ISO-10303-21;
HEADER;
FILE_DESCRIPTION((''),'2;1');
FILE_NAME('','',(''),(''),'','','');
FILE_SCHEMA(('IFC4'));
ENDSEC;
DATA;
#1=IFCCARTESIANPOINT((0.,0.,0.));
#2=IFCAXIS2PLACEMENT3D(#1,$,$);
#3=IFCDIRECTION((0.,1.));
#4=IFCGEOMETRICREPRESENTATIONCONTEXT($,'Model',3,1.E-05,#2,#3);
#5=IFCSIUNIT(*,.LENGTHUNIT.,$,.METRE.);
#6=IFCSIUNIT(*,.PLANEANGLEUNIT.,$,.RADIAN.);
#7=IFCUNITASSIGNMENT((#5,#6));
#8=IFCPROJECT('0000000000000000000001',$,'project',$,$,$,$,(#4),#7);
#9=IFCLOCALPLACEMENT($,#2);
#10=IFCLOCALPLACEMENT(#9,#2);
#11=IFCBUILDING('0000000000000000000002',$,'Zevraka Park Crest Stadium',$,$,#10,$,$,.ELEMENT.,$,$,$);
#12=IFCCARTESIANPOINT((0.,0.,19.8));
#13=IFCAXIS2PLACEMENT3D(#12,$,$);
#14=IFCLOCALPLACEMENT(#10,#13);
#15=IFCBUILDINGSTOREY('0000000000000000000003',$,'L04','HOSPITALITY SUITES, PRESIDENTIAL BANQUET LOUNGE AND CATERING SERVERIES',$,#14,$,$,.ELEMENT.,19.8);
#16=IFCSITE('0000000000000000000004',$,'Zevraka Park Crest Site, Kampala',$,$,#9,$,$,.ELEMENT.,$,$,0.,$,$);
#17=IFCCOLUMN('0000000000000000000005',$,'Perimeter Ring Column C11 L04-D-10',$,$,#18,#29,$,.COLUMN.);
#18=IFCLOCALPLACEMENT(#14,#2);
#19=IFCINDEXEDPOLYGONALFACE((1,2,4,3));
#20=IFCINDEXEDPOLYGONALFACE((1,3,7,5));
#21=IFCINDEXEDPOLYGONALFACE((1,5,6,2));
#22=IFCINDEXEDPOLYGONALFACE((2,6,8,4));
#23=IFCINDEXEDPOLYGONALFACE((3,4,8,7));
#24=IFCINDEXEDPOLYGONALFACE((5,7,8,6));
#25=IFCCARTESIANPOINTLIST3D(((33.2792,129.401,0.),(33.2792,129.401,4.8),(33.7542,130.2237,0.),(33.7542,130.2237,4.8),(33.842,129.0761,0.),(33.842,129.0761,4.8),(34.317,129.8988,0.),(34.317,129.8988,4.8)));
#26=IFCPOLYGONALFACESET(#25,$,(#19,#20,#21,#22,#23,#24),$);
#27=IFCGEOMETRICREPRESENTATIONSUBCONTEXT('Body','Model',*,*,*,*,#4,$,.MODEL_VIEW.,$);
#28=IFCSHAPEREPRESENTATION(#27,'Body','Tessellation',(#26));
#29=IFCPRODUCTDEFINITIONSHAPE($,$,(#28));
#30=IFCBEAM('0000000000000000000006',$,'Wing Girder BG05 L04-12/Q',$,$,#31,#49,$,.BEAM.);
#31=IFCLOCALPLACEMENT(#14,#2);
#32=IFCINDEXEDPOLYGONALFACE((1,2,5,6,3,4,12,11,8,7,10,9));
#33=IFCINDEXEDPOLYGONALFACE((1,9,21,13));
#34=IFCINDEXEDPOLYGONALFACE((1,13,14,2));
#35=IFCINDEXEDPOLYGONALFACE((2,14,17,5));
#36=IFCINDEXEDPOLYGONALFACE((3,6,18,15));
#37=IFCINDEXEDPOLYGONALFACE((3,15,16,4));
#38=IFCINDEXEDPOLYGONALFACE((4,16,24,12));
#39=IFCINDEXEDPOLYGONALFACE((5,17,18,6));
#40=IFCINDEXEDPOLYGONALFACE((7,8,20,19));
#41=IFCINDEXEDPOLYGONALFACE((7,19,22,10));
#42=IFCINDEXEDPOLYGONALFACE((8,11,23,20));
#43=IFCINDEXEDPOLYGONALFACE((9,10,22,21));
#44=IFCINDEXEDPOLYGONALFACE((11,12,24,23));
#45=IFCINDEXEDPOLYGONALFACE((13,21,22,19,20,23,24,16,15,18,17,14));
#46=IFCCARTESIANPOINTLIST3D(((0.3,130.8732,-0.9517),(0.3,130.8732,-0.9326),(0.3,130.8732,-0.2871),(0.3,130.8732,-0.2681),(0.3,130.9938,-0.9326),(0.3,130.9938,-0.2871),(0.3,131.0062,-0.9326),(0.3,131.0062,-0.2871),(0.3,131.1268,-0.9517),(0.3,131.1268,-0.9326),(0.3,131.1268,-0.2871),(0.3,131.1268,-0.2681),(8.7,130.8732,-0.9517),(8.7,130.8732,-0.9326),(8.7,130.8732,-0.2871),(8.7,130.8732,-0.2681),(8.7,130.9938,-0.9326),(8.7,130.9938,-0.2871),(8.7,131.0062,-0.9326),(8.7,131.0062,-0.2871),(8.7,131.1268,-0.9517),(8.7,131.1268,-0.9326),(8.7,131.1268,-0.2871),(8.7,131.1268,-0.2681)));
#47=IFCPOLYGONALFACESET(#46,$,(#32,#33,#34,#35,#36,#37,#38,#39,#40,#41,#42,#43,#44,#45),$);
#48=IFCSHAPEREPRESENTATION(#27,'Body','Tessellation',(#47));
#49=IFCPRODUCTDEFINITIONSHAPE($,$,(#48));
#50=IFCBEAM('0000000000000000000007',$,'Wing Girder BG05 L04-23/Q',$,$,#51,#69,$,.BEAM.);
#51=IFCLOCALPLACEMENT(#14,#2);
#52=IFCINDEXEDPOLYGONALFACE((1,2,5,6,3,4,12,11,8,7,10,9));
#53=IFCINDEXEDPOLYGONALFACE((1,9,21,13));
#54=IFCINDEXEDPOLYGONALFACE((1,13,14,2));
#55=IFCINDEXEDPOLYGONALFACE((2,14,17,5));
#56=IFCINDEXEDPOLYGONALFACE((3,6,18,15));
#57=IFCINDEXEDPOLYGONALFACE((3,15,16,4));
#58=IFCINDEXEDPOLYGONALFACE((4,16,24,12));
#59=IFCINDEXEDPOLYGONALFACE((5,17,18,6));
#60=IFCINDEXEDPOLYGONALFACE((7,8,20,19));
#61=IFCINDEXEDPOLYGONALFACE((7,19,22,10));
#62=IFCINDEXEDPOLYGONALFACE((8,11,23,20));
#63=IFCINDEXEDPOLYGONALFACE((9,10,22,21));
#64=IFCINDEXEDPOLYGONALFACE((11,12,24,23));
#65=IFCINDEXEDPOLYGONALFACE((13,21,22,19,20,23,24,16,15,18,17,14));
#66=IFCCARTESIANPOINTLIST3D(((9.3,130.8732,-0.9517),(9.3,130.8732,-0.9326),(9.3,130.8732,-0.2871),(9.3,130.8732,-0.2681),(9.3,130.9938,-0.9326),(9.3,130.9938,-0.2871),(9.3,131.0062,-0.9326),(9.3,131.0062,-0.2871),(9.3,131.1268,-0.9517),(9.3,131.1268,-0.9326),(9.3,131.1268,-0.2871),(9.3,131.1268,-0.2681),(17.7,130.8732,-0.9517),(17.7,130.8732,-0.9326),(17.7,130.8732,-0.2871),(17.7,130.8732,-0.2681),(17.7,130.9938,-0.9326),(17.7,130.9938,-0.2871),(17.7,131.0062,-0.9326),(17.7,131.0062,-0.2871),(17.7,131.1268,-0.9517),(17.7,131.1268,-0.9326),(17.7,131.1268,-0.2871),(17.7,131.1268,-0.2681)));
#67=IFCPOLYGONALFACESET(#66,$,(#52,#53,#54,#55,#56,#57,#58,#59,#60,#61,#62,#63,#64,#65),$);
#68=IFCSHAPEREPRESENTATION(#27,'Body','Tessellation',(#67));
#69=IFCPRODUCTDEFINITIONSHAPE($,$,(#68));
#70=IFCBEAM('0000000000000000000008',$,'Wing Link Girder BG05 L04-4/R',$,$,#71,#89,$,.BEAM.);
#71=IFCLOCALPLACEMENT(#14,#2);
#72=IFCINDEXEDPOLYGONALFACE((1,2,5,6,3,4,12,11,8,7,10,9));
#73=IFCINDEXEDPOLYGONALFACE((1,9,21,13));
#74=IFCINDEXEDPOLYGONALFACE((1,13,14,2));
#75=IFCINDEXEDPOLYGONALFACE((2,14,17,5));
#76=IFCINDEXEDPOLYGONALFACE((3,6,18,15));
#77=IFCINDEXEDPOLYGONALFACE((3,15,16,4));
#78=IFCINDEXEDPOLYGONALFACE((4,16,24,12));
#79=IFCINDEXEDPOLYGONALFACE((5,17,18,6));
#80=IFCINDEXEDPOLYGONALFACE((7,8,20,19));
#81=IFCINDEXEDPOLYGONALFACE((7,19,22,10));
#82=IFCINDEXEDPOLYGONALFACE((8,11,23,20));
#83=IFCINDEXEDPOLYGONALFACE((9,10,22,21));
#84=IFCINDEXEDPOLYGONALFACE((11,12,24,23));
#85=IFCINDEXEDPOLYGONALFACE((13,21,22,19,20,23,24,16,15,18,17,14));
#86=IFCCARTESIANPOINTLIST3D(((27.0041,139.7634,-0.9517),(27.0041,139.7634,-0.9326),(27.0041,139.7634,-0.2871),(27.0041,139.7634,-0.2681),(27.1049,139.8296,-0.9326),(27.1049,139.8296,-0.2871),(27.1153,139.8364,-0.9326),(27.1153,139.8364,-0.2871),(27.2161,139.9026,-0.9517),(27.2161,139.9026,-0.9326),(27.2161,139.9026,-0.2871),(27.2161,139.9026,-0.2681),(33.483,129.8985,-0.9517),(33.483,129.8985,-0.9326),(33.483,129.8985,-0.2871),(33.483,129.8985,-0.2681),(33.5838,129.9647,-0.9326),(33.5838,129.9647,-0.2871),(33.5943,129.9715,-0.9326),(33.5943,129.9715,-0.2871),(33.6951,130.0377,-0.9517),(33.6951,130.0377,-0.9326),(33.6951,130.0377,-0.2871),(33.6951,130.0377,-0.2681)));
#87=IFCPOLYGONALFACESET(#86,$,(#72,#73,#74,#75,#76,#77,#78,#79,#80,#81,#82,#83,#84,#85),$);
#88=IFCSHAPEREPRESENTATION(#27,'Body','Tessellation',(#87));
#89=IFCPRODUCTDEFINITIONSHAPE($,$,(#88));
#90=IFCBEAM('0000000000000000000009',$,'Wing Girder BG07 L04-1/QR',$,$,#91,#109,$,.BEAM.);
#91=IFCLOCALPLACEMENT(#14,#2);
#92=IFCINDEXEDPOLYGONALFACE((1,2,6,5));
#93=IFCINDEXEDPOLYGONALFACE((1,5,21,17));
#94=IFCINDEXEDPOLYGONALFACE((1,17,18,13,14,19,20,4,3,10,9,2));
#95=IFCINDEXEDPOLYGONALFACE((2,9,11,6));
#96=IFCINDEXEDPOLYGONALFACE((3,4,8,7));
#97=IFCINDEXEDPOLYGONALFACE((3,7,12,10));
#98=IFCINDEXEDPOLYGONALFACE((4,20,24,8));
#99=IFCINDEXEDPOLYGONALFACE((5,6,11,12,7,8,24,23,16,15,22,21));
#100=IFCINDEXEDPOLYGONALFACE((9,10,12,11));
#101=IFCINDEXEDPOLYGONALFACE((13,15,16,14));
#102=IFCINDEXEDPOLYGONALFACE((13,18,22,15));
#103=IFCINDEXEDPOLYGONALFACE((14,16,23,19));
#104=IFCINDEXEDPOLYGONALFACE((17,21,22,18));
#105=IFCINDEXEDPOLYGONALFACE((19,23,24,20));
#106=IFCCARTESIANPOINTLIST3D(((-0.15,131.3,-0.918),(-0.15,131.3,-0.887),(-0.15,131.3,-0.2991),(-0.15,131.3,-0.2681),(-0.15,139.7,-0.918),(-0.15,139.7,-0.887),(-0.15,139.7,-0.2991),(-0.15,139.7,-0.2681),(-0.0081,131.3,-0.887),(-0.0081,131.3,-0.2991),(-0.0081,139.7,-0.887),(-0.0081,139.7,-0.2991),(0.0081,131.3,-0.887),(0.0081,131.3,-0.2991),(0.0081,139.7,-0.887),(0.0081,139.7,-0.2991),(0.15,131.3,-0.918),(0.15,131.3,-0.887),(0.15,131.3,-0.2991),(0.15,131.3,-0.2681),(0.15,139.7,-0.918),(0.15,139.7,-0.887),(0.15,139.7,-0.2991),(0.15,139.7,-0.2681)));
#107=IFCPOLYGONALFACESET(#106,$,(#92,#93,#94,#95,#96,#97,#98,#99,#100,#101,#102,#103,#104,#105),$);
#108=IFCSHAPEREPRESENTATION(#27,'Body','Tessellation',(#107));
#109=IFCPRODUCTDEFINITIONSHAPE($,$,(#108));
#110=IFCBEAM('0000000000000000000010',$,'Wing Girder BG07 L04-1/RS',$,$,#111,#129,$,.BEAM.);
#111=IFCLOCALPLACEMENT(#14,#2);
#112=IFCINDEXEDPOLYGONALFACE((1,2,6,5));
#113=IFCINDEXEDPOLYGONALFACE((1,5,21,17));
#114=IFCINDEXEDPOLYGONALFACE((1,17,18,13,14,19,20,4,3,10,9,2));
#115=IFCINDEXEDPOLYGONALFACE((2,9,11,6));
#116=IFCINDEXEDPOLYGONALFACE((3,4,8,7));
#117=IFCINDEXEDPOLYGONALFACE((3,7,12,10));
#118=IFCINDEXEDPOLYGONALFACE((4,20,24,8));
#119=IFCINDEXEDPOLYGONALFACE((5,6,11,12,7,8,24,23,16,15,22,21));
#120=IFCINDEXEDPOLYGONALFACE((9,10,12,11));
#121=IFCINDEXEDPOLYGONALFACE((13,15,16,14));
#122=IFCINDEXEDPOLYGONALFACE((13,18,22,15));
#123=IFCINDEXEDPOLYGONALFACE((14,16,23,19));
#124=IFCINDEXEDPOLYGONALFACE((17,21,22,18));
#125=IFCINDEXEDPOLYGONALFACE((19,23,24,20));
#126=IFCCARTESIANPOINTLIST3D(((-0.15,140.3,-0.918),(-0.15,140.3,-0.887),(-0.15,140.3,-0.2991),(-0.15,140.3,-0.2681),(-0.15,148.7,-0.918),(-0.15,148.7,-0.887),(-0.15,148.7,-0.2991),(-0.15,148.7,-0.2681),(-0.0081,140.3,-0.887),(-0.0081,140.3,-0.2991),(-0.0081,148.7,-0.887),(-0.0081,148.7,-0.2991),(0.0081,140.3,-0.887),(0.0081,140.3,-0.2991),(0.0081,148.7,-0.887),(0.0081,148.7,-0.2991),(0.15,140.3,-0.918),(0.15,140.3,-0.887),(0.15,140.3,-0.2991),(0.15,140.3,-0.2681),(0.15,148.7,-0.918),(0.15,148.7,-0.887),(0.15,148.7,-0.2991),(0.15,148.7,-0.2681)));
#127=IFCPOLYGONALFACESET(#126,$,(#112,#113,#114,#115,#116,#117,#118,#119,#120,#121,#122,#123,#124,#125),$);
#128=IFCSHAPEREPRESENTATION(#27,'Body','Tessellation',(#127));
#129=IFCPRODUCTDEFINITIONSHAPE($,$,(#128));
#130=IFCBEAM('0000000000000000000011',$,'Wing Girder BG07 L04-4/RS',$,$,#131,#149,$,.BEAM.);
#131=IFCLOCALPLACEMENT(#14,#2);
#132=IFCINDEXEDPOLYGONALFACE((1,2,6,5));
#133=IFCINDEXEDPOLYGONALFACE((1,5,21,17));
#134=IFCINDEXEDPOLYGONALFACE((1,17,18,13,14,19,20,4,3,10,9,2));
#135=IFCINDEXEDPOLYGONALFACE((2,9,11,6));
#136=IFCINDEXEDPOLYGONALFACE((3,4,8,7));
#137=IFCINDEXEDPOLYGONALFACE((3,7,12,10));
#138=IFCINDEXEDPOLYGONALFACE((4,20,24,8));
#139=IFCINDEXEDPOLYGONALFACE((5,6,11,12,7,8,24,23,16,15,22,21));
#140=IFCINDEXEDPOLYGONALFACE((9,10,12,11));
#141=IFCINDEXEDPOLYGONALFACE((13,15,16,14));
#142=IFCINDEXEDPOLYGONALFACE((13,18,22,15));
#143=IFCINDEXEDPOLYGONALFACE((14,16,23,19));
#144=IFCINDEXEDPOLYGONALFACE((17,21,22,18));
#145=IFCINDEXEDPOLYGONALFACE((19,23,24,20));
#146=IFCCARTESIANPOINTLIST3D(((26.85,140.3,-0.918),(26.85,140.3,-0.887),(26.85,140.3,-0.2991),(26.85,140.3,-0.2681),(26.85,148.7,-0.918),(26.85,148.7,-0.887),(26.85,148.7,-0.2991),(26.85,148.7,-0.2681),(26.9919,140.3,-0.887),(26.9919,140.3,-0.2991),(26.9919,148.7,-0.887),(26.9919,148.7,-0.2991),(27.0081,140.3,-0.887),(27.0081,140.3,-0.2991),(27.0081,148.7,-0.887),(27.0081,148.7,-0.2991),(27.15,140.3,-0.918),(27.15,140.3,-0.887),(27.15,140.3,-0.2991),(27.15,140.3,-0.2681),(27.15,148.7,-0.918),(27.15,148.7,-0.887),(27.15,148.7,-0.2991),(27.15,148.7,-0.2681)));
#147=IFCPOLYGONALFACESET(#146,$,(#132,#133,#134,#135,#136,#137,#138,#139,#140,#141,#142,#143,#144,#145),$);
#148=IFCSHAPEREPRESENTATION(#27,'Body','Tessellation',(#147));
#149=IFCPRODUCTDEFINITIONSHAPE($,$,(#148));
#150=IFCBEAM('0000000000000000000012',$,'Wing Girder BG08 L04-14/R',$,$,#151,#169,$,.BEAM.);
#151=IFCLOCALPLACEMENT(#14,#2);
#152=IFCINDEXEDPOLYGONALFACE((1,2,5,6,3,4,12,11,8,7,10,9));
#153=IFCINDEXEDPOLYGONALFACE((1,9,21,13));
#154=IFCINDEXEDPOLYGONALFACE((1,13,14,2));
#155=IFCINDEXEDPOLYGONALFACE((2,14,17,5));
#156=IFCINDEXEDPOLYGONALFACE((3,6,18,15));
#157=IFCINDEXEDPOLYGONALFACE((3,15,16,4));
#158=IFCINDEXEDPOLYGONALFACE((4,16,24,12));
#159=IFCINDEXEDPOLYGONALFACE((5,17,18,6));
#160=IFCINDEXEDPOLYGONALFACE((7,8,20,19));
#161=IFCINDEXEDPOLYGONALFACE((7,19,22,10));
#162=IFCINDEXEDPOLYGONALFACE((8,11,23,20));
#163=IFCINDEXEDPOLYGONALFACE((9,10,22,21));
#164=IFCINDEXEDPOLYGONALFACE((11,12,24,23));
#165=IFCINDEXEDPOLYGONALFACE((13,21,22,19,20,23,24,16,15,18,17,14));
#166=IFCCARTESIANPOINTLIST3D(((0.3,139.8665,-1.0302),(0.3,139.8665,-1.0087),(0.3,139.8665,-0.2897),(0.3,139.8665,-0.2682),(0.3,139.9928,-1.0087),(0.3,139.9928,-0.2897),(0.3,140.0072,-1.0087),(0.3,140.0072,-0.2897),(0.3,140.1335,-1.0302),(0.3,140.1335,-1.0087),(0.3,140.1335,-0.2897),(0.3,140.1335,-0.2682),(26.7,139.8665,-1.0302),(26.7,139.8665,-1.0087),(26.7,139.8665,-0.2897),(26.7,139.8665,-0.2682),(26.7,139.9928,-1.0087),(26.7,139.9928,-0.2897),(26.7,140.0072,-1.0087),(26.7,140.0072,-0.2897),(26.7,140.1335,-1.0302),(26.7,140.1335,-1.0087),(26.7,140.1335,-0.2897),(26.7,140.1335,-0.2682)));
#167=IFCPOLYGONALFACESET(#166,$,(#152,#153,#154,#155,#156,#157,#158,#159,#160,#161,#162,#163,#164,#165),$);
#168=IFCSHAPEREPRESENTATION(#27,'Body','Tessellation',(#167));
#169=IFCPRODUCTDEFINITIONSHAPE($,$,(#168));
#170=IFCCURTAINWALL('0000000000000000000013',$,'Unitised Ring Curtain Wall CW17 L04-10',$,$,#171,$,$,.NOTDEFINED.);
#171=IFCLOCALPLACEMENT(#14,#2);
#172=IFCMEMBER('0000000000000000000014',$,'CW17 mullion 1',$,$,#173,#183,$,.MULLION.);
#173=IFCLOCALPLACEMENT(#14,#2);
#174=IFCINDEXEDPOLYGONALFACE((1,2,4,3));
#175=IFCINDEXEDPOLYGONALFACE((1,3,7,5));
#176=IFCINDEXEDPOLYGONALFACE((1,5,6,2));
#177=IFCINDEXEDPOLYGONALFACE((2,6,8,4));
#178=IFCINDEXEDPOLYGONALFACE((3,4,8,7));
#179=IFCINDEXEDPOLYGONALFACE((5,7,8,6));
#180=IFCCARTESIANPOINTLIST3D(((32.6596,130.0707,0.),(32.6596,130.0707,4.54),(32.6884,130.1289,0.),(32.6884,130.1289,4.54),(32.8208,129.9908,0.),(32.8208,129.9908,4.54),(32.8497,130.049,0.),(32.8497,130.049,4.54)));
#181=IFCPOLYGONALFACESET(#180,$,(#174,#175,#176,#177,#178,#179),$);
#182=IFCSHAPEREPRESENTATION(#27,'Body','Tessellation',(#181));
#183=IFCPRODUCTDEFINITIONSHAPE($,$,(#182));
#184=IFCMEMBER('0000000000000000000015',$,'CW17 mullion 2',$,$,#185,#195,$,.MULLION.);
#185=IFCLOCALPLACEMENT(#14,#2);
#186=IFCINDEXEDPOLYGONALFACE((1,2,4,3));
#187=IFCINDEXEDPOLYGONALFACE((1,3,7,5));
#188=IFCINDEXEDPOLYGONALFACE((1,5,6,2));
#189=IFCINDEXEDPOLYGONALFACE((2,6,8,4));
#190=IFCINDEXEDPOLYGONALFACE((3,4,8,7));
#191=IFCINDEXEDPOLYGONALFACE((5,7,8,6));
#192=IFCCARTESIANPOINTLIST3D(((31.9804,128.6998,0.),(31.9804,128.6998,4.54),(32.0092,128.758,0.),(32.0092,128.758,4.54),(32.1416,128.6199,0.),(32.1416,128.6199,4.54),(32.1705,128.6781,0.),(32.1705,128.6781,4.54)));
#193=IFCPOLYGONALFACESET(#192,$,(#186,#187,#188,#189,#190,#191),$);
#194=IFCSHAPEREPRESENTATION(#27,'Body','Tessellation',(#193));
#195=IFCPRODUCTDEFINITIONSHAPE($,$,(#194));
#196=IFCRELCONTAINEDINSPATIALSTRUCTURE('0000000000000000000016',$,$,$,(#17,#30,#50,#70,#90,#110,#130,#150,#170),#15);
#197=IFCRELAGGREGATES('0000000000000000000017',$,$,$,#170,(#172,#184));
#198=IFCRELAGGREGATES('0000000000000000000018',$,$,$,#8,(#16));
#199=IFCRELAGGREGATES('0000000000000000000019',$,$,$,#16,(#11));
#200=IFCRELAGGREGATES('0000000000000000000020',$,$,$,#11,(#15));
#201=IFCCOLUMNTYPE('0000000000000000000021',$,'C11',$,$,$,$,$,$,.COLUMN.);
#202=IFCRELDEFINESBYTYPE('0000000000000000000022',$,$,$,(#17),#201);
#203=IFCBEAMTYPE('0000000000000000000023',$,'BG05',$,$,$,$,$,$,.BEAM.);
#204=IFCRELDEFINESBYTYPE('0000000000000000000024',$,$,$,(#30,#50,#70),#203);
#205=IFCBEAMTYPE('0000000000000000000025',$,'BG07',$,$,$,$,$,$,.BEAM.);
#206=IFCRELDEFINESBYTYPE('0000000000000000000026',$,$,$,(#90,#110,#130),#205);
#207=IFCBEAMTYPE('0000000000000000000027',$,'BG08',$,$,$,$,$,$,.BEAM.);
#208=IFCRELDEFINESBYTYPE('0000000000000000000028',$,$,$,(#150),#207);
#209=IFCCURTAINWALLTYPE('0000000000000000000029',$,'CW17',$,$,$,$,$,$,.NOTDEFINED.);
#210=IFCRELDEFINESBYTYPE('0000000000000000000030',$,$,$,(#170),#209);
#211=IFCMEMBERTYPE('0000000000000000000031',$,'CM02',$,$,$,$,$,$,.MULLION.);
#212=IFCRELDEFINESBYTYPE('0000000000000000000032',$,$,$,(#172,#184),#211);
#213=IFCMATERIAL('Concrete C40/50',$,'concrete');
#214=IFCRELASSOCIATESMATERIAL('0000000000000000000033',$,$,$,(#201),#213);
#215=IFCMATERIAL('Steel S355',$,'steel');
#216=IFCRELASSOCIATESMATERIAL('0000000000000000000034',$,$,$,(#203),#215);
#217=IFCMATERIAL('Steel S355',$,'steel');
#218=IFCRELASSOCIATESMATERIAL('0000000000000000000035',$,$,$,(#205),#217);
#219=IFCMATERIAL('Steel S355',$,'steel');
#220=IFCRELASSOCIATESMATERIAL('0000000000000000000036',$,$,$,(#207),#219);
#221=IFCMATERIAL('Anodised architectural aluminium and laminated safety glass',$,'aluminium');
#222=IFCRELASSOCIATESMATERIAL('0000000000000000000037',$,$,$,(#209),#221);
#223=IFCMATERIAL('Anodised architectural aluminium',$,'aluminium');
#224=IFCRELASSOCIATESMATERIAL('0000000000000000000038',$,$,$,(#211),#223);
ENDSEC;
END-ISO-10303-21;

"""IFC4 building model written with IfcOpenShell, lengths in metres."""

from ifc_helpers import new_model, si_unit, direction, frame, origin, origin_2d, place, context, subcontext, project, spatial, rectangle, i_section, extrude, material, material_profile, profile_set, type_object, element, aggregate, save


model = new_model("IFC4")

# Units and contexts
model_context = context("Model", 3, precision=1e-05, world=origin(), true_north=direction((0.0, 1.0)))
body_context = subcontext(model_context, "Body", "Model", "MODEL_VIEW")
ifc_project = project(units=[si_unit("LENGTHUNIT", "METRE"), si_unit("PLANEANGLEUNIT", "RADIAN")], contexts=[model_context])

# Site, building, storey
site_placement = place(None, origin())
site = spatial("IfcSite", under=ifc_project, at=site_placement, Name="Zevraka Park Crest Site, Kampala", CompositionType="ELEMENT", RefElevation=0.0)
building_placement = place(site_placement, origin())
building = spatial("IfcBuilding", under=site, at=building_placement, Name="Zevraka Park Crest Stadium", CompositionType="ELEMENT")
storey_placement = place(building_placement, frame((0.0, 0.0, 19.8)))
storey = spatial("IfcBuildingStorey", under=building, at=storey_placement, Name="L04", Description="HOSPITALITY SUITES, PRESIDENTIAL BANQUET LOUNGE AND CATERING SERVERIES", CompositionType="ELEMENT", Elevation=19.8)

# Column
ifc_material_1 = material(Name="Concrete C40/50", Category="concrete")
ifc_material_profile_1 = material_profile(ifc_material_1, rectangle(XDim=0.6499, YDim=0.95, at=origin_2d()), Name="RC 950x650")
ifc_profile_set_1 = profile_set([ifc_material_profile_1], Name="Concrete C40/50")
column_type = type_object("IfcColumnType", Name="C11", PredefinedType="COLUMN", material=ifc_profile_set_1)
column_placement = place(storey_placement, frame((33.7981, 129.6499, 0.0), z_axis=(0.0, 0.0, 1.0), x_axis=(-0.866025, 0.5, 0.0)))
element("IfcColumn", 1, at=column_placement, inside=storey, type_object=column_type, Name="Perimeter Ring Column C11 L04-D-10", PredefinedType="COLUMN", context=body_context, shape_type="SweptSolid", body=[
    extrude(rectangle(XDim=0.6499, YDim=0.95, at=origin_2d()), origin(), (0.0, 0.0, 1.0), 4.8),
])

# Beams
ifc_material_2 = material(Name="Steel S355", Category="steel")
ifc_material_profile_2 = material_profile(ifc_material_2, i_section(OverallWidth=0.2537, OverallDepth=0.6836, WebThickness=0.0125, FlangeThickness=0.019, at=origin_2d()), Name="UKB 686x254x140")
ifc_profile_set_2 = profile_set([ifc_material_profile_2], Name="Steel S355")
beam_type_1 = type_object("IfcBeamType", Name="BG05", PredefinedType="BEAM", material=ifc_profile_set_2)
for number, where, z_axis, x_axis, name in (
    (2, (0.3, 131.0, -0.6099), (1.0, 0.0, 0.0), (0.0, 1.0, 0.0), "Wing Girder BG05 L04-12/Q"),
    (3, (9.3, 131.0, -0.6099), (1.0, 0.0, 0.0), (0.0, 1.0, 0.0), "Wing Girder BG05 L04-23/Q"),
):
    element("IfcBeam", number, at=place(storey_placement, frame(where, z_axis=z_axis, x_axis=x_axis)), inside=storey, type_object=beam_type_1, Name=name, PredefinedType="BEAM", context=body_context, shape_type="SweptSolid", body=[
        extrude(i_section(OverallWidth=0.2537, OverallDepth=0.6836, WebThickness=0.0125, FlangeThickness=0.019, at=origin_2d()), origin(), (0.0, 0.0, 1.0), 8.3999),
    ])
beam_1_placement = place(storey_placement, frame((27.1101, 139.833, -0.6099), z_axis=(0.548959, -0.835849, 0.0), x_axis=(0.835849, 0.548959, 0.0)))
element("IfcBeam", 4, at=beam_1_placement, inside=storey, type_object=beam_type_1, Name="Wing Link Girder BG05 L04-4/R", PredefinedType="BEAM", context=body_context, shape_type="SweptSolid", body=[
    extrude(i_section(OverallWidth=0.2537, OverallDepth=0.6836, WebThickness=0.0125, FlangeThickness=0.019, at=origin_2d()), origin(), (0.0, 0.0, 1.0), 11.8022),
])
ifc_material_3 = material(Name="Steel S355", Category="steel")
ifc_material_profile_3 = material_profile(ifc_material_3, i_section(OverallWidth=0.3, OverallDepth=0.6499, WebThickness=0.0161, FlangeThickness=0.031, at=origin_2d()), Name="HEB 650")
ifc_profile_set_3 = profile_set([ifc_material_profile_3], Name="Steel S355")
beam_type_2 = type_object("IfcBeamType", Name="BG07", PredefinedType="BEAM", material=ifc_profile_set_3)
for number, where, z_axis, x_axis, name in (
    (5, (0.0, 131.3, -0.593), (0.0, 1.0, 0.0), (-1.0, 0.0, 0.0), "Wing Girder BG07 L04-1/QR"),
    (6, (0.0, 140.3, -0.593), (0.0, 1.0, 0.0), (-1.0, 0.0, 0.0), "Wing Girder BG07 L04-1/RS"),
    (7, (27.0, 140.3, -0.593), (0.0, 1.0, 0.0), (-1.0, 0.0, 0.0), "Wing Girder BG07 L04-4/RS"),
):
    element("IfcBeam", number, at=place(storey_placement, frame(where, z_axis=z_axis, x_axis=x_axis)), inside=storey, type_object=beam_type_2, Name=name, PredefinedType="BEAM", context=body_context, shape_type="SweptSolid", body=[
        extrude(i_section(OverallWidth=0.3, OverallDepth=0.6499, WebThickness=0.0161, FlangeThickness=0.031, at=origin_2d()), origin(), (0.0, 0.0, 1.0), 8.3999),
    ])
ifc_material_4 = material(Name="Steel S355", Category="steel")
ifc_material_profile_4 = material_profile(ifc_material_4, i_section(OverallWidth=0.2671, OverallDepth=0.762, WebThickness=0.0144, FlangeThickness=0.0215, at=origin_2d()), Name="UKB 762x267x173")
ifc_profile_set_4 = profile_set([ifc_material_profile_4], Name="Steel S355")
beam_type_3 = type_object("IfcBeamType", Name="BG08", PredefinedType="BEAM", material=ifc_profile_set_4)
beam_2_placement = place(storey_placement, frame((0.3, 140.0, -0.6492), z_axis=(1.0, 0.0, 0.0), x_axis=(0.0, 1.0, 0.0)))
element("IfcBeam", 8, at=beam_2_placement, inside=storey, type_object=beam_type_3, Name="Wing Girder BG08 L04-14/R", PredefinedType="BEAM", context=body_context, shape_type="SweptSolid", body=[
    extrude(i_section(OverallWidth=0.2671, OverallDepth=0.762, WebThickness=0.0144, FlangeThickness=0.0215, at=origin_2d()), origin(), (0.0, 0.0, 1.0), 26.3999),
])

# Curtain wall, members
ifc_material_5 = material(Name="Anodised architectural aluminium and laminated safety glass", Category="aluminium")
curtain_wall_type_1 = type_object("IfcCurtainWallType", Name="CW17", PredefinedType="NOTDEFINED", material=ifc_material_5)
curtain_wall_1_placement = place(storey_placement, origin())
curtain_wall_1 = element("IfcCurtainWall", 9, at=curtain_wall_1_placement, inside=storey, type_object=curtain_wall_type_1, Name="Unitised Ring Curtain Wall CW17 L04-10", PredefinedType="NOTDEFINED")
ifc_material_6 = material(Name="Anodised architectural aluminium", Category="aluminium")
ifc_material_profile_5 = material_profile(ifc_material_6, rectangle(XDim=0.1799, YDim=0.0649, at=origin_2d()), Name="ALU MULLION 180x65")
ifc_profile_set_5 = profile_set([ifc_material_profile_5], Name="Anodised architectural aluminium")
member_type_1 = type_object("IfcMemberType", Name="CM02", PredefinedType="MULLION", material=ifc_profile_set_5)
member_1_placement = place(storey_placement, frame((32.7546, 130.0598, 0.0), z_axis=(0.0, 0.0, 1.0), x_axis=(0.896046, -0.443961, 0.0)))
member_1 = element("IfcMember", 10, at=member_1_placement, type_object=member_type_1, Name="CW17 mullion 1", PredefinedType="MULLION", context=body_context, shape_type="SweptSolid", body=[
    extrude(rectangle(XDim=0.1799, YDim=0.0649, at=origin_2d()), origin(), (0.0, 0.0, 1.0), 4.54),
])
member_2_placement = place(storey_placement, frame((32.0754, 128.689, 0.0), z_axis=(0.0, 0.0, 1.0), x_axis=(0.896046, -0.443961, 0.0)))
member_2 = element("IfcMember", 11, at=member_2_placement, type_object=member_type_1, Name="CW17 mullion 2", PredefinedType="MULLION", context=body_context, shape_type="SweptSolid", body=[
    extrude(rectangle(XDim=0.1799, YDim=0.0649, at=origin_2d()), origin(), (0.0, 0.0, 1.0), 4.54),
])

aggregate(curtain_wall_1, [member_1, member_2])

save(model, "model.ifc")
